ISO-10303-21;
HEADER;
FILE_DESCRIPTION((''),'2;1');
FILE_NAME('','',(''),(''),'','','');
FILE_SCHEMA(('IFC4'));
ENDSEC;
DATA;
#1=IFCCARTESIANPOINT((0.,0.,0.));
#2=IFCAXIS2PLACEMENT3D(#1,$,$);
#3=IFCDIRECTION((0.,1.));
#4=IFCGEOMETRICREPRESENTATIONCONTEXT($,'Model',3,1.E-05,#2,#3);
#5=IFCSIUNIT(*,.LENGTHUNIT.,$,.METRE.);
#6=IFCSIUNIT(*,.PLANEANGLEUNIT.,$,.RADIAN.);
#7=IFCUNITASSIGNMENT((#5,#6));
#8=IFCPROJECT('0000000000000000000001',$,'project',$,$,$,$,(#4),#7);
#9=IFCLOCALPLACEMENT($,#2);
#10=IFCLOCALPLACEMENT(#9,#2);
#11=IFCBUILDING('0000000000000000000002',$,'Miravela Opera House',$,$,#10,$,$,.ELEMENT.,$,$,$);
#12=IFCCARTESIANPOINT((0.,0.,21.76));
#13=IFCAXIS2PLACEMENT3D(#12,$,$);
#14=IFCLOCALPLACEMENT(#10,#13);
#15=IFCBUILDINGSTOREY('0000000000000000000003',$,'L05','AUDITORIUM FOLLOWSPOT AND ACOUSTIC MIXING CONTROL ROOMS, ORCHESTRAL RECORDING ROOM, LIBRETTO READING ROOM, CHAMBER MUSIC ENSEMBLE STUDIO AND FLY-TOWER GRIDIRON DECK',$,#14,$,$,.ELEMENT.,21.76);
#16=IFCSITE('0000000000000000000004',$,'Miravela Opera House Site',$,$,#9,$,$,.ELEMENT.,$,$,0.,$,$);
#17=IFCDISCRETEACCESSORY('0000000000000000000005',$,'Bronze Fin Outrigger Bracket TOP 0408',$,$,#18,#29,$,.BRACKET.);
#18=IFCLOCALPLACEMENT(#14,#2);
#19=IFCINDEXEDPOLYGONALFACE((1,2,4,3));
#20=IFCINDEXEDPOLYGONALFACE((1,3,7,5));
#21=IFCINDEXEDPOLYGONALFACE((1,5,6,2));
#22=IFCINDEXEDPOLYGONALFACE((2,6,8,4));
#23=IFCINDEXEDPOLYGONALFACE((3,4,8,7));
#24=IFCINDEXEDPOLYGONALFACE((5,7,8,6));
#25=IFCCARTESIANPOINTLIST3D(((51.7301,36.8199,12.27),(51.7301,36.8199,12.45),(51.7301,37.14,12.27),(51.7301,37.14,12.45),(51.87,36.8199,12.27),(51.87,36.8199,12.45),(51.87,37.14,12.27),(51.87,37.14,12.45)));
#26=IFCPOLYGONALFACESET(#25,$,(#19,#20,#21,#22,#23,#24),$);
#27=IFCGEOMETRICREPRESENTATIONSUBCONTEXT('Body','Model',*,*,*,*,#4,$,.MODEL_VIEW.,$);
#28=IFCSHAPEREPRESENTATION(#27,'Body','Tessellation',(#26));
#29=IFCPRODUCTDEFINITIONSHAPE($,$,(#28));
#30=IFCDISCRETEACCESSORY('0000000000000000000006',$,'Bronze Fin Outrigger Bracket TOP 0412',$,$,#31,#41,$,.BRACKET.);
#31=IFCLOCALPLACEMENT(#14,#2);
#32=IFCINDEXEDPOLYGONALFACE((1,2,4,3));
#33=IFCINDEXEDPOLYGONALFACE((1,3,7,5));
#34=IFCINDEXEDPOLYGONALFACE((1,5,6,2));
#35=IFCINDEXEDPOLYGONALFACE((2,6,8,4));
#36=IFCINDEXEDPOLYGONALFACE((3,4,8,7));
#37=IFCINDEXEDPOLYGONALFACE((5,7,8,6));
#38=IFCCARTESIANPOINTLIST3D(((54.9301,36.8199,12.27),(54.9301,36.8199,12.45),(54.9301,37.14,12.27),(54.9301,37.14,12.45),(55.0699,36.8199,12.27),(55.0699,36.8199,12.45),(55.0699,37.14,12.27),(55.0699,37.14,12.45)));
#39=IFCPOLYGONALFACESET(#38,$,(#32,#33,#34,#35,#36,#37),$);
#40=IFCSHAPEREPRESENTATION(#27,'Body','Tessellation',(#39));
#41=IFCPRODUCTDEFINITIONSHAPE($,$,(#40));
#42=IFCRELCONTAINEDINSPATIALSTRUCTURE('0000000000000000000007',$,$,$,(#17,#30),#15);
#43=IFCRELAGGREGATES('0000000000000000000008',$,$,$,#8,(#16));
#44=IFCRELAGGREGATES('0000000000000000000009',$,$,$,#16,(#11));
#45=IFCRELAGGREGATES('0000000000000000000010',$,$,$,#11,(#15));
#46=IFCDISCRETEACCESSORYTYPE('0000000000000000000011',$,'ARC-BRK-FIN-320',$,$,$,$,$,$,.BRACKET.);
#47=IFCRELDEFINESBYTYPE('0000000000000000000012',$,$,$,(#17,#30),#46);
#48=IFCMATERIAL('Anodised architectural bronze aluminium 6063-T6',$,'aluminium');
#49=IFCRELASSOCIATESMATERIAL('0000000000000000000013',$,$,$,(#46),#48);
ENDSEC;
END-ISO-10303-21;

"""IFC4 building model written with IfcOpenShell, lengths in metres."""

from ifc_helpers import new_model, si_unit, direction, frame, origin, origin_2d, place, context, subcontext, project, spatial, rectangle, extrude, material, type_object, element, save


model = new_model("IFC4")

# Units and contexts
model_context = context("Model", 3, precision=1e-05, world=origin(), true_north=direction((0.0, 1.0)))
body_context = subcontext(model_context, "Body", "Model", "MODEL_VIEW")
ifc_project = project(units=[si_unit("LENGTHUNIT", "METRE"), si_unit("PLANEANGLEUNIT", "RADIAN")], contexts=[model_context])

# Site, building, storey
site_placement = place(None, origin())
site = spatial("IfcSite", under=ifc_project, at=site_placement, Name="Miravela Opera House Site", CompositionType="ELEMENT", RefElevation=0.0)
building_placement = place(site_placement, origin())
building = spatial("IfcBuilding", under=site, at=building_placement, Name="Miravela Opera House", CompositionType="ELEMENT")
storey_placement = place(building_placement, frame((0.0, 0.0, 21.76)))
storey = spatial("IfcBuildingStorey", under=building, at=storey_placement, Name="L05", Description="AUDITORIUM FOLLOWSPOT AND ACOUSTIC MIXING CONTROL ROOMS, ORCHESTRAL RECORDING ROOM, LIBRETTO READING ROOM, CHAMBER MUSIC ENSEMBLE STUDIO AND FLY-TOWER GRIDIRON DECK", CompositionType="ELEMENT", Elevation=21.76)

# Shared definitions
ifc_material_1 = material(Name="Anodised architectural bronze aluminium 6063-T6", Category="aluminium")

# Discrete accessories
discrete_accessory_type = type_object("IfcDiscreteAccessoryType", Name="ARC-BRK-FIN-320", PredefinedType="BRACKET", material=ifc_material_1)
for number, where, z_axis, x_axis, name in (
    (1, (51.8, 36.98, 12.27), (0.0, 0.0, 1.0), (0.0, 1.0, 0.0), "Bronze Fin Outrigger Bracket TOP 0408"),
    (2, (55.0, 36.98, 12.27), (0.0, 0.0, 1.0), (0.0, 1.0, 0.0), "Bronze Fin Outrigger Bracket TOP 0412"),
):
    element("IfcDiscreteAccessory", number, at=place(storey_placement, frame(where, z_axis=z_axis, x_axis=x_axis)), inside=storey, type_object=discrete_accessory_type, Name=name, PredefinedType="BRACKET", context=body_context, shape_type="SweptSolid", body=[
        extrude(rectangle(XDim=0.3201, YDim=0.1399, at=origin_2d()), origin(), (0.0, 0.0, 1.0), 0.1799),
    ])

save(model, "model.ifc")
